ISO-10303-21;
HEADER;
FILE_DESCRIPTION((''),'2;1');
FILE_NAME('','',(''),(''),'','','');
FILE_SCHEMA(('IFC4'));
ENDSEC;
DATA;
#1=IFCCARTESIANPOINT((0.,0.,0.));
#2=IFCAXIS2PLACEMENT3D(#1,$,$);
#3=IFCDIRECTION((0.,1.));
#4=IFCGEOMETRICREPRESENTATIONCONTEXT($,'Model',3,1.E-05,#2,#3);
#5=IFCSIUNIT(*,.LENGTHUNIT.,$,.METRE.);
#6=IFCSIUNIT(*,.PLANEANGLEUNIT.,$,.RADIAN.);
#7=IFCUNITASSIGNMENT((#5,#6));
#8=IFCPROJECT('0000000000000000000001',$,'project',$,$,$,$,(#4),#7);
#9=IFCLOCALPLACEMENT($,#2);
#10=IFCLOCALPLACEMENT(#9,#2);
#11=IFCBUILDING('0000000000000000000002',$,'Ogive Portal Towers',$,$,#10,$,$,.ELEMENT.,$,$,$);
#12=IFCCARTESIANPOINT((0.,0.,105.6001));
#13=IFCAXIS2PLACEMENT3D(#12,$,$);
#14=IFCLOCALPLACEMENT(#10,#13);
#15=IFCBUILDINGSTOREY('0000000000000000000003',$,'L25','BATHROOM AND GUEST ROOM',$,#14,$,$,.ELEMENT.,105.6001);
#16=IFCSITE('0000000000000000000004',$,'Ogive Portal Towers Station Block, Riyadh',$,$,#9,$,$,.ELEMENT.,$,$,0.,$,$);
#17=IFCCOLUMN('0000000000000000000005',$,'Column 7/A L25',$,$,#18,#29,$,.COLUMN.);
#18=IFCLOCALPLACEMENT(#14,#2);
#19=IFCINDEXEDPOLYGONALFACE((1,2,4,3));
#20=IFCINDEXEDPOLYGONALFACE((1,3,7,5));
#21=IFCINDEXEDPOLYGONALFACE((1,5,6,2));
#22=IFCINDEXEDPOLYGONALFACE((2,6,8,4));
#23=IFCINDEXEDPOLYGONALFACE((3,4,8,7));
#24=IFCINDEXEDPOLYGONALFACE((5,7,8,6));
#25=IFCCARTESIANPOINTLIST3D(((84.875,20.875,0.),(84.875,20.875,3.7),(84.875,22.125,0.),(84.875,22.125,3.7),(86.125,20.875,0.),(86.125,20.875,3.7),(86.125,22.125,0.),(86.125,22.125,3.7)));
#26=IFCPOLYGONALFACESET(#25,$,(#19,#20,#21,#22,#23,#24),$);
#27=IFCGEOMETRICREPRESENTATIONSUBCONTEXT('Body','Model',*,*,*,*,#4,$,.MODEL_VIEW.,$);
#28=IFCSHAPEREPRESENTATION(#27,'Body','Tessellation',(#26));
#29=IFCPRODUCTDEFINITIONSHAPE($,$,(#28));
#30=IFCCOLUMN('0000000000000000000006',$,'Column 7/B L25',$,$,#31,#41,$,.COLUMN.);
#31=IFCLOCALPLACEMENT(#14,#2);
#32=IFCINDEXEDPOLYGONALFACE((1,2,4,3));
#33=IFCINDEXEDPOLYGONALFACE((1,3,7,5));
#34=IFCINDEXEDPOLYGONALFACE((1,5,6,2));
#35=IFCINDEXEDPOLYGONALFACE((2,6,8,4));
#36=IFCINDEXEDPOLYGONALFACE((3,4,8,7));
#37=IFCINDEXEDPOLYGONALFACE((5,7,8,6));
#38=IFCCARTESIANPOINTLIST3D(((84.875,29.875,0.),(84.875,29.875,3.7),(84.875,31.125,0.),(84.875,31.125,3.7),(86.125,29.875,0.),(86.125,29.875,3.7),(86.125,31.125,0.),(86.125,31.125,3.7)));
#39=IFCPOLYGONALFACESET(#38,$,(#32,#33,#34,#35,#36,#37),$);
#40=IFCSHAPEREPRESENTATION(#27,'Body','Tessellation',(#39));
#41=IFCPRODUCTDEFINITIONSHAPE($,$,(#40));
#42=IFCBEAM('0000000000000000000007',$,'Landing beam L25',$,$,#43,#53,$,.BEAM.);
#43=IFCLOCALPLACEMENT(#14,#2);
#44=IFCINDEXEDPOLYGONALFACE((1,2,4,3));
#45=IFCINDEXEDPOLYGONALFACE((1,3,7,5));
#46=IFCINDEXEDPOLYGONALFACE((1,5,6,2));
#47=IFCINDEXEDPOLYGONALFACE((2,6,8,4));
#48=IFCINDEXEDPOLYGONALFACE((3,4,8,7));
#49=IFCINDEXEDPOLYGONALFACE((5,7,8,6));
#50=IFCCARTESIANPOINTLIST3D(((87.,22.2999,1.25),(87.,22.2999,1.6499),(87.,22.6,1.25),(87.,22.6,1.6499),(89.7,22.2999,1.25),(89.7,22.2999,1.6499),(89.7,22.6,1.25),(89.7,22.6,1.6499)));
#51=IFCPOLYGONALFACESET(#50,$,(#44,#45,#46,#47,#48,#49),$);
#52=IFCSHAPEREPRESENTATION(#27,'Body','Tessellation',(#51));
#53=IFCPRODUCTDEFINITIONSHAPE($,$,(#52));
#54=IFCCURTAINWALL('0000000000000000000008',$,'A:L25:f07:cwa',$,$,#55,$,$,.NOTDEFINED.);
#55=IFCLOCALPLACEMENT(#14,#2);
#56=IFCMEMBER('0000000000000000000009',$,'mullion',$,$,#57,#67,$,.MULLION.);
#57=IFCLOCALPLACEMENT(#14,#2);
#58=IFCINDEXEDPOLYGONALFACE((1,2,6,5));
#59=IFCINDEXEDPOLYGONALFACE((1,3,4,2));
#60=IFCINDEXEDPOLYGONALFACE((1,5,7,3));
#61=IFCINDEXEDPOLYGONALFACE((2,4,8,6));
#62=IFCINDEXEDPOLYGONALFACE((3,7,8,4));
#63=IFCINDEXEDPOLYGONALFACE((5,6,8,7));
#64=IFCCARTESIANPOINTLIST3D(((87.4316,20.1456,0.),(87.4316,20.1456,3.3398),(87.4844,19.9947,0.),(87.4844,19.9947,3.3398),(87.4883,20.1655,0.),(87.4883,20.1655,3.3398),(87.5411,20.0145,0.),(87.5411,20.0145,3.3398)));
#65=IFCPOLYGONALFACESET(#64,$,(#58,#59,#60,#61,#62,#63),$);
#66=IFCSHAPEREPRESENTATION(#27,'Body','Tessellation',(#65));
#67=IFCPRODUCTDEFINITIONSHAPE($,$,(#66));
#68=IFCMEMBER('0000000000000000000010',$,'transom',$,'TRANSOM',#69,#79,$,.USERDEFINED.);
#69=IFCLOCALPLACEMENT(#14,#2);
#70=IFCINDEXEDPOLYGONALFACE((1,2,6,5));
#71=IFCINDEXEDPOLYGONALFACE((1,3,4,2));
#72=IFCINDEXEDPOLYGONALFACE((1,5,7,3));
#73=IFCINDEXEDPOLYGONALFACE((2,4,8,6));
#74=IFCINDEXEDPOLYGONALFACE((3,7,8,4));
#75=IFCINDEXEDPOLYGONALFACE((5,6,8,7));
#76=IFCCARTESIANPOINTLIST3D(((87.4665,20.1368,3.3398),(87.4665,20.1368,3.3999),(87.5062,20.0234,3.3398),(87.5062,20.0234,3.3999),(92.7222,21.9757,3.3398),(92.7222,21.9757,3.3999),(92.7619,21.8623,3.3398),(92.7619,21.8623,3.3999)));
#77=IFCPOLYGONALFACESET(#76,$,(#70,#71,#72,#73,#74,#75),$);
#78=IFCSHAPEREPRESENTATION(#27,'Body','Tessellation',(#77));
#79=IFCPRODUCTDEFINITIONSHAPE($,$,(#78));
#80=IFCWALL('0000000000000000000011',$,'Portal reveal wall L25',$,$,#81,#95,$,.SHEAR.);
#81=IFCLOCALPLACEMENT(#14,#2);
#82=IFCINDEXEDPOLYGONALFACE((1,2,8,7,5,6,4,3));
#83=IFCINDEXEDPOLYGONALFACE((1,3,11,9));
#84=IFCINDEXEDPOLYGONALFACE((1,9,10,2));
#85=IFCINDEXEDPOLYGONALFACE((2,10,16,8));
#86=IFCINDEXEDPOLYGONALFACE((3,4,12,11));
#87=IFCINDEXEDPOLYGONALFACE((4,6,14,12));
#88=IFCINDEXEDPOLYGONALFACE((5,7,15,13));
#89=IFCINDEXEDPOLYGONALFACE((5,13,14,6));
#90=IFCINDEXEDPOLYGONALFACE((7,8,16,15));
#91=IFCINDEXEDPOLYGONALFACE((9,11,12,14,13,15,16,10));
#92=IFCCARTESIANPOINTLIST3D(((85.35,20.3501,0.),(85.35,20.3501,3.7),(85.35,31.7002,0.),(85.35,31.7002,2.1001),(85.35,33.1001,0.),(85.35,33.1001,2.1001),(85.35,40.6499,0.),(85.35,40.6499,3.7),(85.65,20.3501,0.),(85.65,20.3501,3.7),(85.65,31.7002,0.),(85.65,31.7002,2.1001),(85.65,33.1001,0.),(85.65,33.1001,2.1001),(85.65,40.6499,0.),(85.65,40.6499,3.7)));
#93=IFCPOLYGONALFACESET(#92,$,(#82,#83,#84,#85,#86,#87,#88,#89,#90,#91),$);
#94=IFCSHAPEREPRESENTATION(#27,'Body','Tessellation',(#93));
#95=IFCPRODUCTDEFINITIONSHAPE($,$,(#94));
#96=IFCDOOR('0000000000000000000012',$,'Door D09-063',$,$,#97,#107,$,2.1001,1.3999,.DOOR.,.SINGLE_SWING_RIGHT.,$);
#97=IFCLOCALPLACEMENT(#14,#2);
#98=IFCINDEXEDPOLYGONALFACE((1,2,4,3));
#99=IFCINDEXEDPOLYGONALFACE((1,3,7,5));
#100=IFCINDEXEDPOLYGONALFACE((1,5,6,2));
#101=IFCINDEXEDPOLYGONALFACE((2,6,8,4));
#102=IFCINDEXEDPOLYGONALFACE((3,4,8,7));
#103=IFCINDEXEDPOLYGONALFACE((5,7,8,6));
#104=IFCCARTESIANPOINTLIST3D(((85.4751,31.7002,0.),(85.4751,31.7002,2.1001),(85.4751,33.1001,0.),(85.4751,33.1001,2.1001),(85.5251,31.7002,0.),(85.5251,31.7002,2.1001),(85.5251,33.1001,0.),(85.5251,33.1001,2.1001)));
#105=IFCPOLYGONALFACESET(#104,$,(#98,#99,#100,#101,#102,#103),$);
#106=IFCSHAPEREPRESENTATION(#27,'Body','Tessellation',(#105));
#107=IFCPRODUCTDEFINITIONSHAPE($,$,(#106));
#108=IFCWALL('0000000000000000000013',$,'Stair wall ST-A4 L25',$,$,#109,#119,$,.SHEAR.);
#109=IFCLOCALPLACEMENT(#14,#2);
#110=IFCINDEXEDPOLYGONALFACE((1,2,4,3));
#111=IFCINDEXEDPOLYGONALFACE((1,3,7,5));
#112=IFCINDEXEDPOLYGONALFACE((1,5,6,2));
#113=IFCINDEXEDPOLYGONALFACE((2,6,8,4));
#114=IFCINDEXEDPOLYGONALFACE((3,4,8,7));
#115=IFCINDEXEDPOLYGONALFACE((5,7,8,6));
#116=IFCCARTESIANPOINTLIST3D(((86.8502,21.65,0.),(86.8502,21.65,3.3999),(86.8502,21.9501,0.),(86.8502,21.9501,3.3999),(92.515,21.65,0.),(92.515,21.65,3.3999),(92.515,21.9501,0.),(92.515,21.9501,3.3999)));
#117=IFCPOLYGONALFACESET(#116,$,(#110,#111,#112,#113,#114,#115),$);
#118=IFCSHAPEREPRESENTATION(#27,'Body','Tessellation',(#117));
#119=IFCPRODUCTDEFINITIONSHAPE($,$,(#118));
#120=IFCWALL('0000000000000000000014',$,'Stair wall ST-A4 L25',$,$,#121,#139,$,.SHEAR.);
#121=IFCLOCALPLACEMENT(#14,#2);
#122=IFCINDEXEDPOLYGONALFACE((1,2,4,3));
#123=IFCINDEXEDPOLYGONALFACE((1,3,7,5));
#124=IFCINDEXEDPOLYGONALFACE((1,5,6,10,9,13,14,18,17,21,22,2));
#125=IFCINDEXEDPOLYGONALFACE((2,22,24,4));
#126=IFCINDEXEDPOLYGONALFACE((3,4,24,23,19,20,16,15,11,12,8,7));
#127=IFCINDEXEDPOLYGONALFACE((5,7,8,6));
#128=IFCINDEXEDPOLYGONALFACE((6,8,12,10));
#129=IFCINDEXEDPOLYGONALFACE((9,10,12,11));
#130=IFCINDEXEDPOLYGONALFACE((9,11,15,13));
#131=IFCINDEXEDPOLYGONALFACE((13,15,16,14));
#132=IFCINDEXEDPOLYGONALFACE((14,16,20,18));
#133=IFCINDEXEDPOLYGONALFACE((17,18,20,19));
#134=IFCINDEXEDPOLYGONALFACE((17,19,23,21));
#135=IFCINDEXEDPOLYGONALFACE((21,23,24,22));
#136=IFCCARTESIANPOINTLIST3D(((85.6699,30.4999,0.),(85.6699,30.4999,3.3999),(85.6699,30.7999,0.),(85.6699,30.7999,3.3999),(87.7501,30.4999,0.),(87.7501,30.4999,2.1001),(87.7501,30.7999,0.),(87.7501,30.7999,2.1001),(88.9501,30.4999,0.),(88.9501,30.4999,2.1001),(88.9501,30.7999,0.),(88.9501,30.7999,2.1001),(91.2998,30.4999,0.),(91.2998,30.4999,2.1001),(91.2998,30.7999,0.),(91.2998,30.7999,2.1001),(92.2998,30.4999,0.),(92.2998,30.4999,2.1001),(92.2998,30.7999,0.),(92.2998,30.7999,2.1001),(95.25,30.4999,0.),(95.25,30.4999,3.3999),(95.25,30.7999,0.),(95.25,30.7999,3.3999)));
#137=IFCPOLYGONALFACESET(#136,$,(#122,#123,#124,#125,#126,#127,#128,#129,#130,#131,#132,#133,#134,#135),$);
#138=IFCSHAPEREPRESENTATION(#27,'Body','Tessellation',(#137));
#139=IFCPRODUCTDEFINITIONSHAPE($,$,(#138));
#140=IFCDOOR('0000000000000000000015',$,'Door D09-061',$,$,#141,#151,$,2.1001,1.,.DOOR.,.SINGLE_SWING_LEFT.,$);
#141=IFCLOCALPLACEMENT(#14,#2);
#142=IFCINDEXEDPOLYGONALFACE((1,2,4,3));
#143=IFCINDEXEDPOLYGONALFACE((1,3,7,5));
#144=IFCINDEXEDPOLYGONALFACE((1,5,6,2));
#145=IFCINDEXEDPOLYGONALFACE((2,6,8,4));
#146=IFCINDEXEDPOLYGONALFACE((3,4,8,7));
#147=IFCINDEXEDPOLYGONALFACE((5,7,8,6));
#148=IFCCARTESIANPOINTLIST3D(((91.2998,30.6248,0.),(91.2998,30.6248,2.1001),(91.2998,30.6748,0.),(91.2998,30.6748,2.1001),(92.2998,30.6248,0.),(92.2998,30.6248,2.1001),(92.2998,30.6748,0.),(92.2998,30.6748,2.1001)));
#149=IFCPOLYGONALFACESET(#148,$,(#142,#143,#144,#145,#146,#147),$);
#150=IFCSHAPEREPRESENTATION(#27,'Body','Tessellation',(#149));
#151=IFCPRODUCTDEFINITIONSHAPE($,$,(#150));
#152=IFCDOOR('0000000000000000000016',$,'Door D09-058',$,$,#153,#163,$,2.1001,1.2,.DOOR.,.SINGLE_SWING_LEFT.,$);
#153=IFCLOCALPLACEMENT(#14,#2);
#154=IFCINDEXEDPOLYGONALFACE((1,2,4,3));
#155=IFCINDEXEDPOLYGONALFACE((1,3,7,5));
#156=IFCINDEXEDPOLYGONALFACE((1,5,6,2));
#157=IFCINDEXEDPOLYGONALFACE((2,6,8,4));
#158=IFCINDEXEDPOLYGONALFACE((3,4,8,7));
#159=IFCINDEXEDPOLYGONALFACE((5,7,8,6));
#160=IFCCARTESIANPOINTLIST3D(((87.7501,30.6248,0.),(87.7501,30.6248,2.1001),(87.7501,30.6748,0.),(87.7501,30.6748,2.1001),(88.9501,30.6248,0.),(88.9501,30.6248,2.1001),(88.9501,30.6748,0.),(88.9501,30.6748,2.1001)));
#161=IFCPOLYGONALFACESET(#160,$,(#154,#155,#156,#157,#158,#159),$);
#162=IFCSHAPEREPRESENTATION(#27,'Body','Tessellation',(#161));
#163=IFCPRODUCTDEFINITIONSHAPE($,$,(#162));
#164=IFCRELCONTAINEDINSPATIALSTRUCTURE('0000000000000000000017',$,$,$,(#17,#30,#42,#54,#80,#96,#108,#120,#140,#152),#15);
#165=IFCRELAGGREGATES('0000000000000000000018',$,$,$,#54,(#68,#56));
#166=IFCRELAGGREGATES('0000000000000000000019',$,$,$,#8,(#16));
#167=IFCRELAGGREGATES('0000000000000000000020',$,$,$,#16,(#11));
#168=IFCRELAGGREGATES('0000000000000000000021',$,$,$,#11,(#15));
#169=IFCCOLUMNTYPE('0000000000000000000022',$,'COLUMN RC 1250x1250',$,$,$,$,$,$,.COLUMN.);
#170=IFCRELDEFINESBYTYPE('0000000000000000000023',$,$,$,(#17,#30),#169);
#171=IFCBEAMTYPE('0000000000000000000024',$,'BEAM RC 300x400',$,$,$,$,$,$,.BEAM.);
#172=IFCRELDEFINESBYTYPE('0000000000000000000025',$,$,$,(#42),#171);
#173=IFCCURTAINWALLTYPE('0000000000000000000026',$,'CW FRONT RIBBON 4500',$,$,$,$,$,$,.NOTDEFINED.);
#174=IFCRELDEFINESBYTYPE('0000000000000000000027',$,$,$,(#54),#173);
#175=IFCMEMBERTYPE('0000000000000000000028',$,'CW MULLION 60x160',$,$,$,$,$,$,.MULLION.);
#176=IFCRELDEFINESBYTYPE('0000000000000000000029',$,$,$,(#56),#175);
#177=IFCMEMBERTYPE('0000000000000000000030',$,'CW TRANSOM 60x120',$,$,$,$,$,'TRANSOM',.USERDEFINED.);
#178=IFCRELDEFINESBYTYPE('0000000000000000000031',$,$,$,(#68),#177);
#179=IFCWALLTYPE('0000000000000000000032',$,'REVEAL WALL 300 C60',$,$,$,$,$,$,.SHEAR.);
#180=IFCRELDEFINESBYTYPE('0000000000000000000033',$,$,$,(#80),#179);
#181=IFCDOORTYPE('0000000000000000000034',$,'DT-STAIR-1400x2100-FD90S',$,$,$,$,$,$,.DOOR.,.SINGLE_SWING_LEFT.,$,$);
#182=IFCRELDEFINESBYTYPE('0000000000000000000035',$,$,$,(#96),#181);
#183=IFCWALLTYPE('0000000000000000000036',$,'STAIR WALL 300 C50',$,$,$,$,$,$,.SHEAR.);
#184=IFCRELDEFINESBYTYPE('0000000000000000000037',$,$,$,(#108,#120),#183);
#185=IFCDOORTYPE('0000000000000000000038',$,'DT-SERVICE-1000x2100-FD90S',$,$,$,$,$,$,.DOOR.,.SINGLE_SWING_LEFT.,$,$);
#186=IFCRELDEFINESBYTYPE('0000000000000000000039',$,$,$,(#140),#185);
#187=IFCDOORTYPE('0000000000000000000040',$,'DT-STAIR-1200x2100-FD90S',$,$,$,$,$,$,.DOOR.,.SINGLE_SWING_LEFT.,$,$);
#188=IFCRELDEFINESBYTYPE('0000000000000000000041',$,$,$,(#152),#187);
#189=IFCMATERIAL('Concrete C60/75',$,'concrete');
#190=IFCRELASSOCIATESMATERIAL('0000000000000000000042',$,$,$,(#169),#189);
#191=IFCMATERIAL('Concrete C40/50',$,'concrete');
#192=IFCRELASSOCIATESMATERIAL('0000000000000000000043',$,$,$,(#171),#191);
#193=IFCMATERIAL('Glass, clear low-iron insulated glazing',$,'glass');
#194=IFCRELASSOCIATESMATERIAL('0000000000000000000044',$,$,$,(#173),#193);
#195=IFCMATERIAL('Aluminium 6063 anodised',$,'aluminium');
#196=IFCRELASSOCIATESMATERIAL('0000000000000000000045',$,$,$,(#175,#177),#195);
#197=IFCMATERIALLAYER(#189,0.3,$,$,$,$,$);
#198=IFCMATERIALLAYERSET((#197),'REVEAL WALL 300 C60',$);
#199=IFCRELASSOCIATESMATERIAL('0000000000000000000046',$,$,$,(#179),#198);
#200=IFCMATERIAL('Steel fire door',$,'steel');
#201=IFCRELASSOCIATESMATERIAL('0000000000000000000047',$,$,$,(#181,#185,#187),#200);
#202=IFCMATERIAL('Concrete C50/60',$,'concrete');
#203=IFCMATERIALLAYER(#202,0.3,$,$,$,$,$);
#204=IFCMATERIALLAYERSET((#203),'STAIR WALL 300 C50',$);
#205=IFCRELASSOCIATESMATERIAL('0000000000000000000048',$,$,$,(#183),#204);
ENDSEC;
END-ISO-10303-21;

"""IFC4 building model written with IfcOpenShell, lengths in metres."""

from ifc_helpers import new_model, si_unit, direction, frame, frame_2d, origin, origin_2d, place, context, subcontext, project, spatial, rectangle, extrude, material, layer, layer_set, material_profile, profile_set, type_object, element, fill, aggregate, save


model = new_model("IFC4")

# Units and contexts
model_context = context("Model", 3, precision=1e-05, world=origin(), true_north=direction((0.0, 1.0)))
body_context = subcontext(model_context, "Body", "Model", "MODEL_VIEW")
ifc_project = project(units=[si_unit("LENGTHUNIT", "METRE"), si_unit("PLANEANGLEUNIT", "RADIAN")], contexts=[model_context])

# Site, building, storey
site_placement = place(None, origin())
site = spatial("IfcSite", under=ifc_project, at=site_placement, Name="Ogive Portal Towers Station Block, Riyadh", CompositionType="ELEMENT", RefElevation=0.0)
building_placement = place(site_placement, origin())
building = spatial("IfcBuilding", under=site, at=building_placement, Name="Ogive Portal Towers", CompositionType="ELEMENT")
storey_placement = place(building_placement, frame((0.0, 0.0, 105.6001)))
storey = spatial("IfcBuildingStorey", under=building, at=storey_placement, Name="L25", Description="BATHROOM AND GUEST ROOM", CompositionType="ELEMENT", Elevation=105.6001)

# Columns
ifc_material_1 = material(Name="Concrete C60/75", Category="concrete")
ifc_material_profile_1 = material_profile(ifc_material_1, rectangle(XDim=1.25, YDim=1.25, at=origin_2d()), Name="RC 1250x1250")
ifc_profile_set_1 = profile_set([ifc_material_profile_1], Name="Concrete C60/75")
column_type = type_object("IfcColumnType", Name="COLUMN RC 1250x1250", PredefinedType="COLUMN", material=ifc_profile_set_1)
for number, where, z_axis, x_axis, name in (
    (1, (85.5, 21.5, 0.0), (0.0, 0.0, 1.0), (1.0, 0.0, 0.0), "Column 7/A L25"),
    (2, (85.5, 30.5, 0.0), (0.0, 0.0, 1.0), (1.0, 0.0, 0.0), "Column 7/B L25"),
):
    element("IfcColumn", number, at=place(storey_placement, frame(where, z_axis=z_axis, x_axis=x_axis)), inside=storey, type_object=column_type, Name=name, PredefinedType="COLUMN", context=body_context, shape_type="SweptSolid", body=[
        extrude(rectangle(XDim=1.25, YDim=1.25, at=origin_2d()), origin(), (0.0, 0.0, 1.0), 3.7),
    ])

# Beam
ifc_material_2 = material(Name="Concrete C40/50", Category="concrete")
ifc_material_profile_2 = material_profile(ifc_material_2, rectangle(XDim=0.3, YDim=0.3999, at=origin_2d()), Name="RC 300x400")
ifc_profile_set_2 = profile_set([ifc_material_profile_2], Name="Concrete C40/50")
beam_type = type_object("IfcBeamType", Name="BEAM RC 300x400", PredefinedType="BEAM", material=ifc_profile_set_2)
beam_placement = place(storey_placement, frame((87.0, 22.45, 1.45), z_axis=(1.0, 0.0, 0.0), x_axis=(0.0, 1.0, 0.0)))
element("IfcBeam", 3, at=beam_placement, inside=storey, type_object=beam_type, Name="Landing beam L25", PredefinedType="BEAM", context=body_context, shape_type="SweptSolid", body=[
    extrude(rectangle(XDim=0.3, YDim=0.3999, at=origin_2d()), origin(), (0.0, 0.0, 1.0), 2.7),
])

# Curtain wall, members
ifc_material_3 = material(Name="Glass, clear low-iron insulated glazing", Category="glass")
curtain_wall_type = type_object("IfcCurtainWallType", Name="CW FRONT RIBBON 4500", PredefinedType="NOTDEFINED", material=ifc_material_3)
curtain_wall_placement = place(storey_placement, origin())
curtain_wall = element("IfcCurtainWall", 4, at=curtain_wall_placement, inside=storey, type_object=curtain_wall_type, Name="A:L25:f07:cwa", PredefinedType="NOTDEFINED")
ifc_material_4 = material(Name="Aluminium 6063 anodised", Category="aluminium")
ifc_material_profile_3 = material_profile(ifc_material_4, rectangle(XDim=0.1599, YDim=0.0601, at=origin_2d()), Name="AL 60x160")
ifc_profile_set_3 = profile_set([ifc_material_profile_3], Name="Aluminium 6063 anodised")
member_type_1 = type_object("IfcMemberType", Name="CW MULLION 60x160", PredefinedType="MULLION", material=ifc_profile_set_3)
member_1_placement = place(storey_placement, frame((87.4863, 20.0801, 0.0), z_axis=(0.0, 0.0, 1.0), x_axis=(-0.330279, 0.943883, 0.0)))
member_1 = element("IfcMember", 5, at=member_1_placement, type_object=member_type_1, Name="mullion", PredefinedType="MULLION", context=body_context, shape_type="SweptSolid", body=[
    extrude(rectangle(XDim=0.1599, YDim=0.0601, at=origin_2d()), origin(), (0.0, 0.0, 1.0), 3.3398),
])
ifc_material_profile_4 = material_profile(ifc_material_4, rectangle(XDim=0.1201, YDim=0.0601, at=origin_2d()), Name="AL 120x60")
ifc_profile_set_4 = profile_set([ifc_material_profile_4], Name="Aluminium 6063 anodised")
member_type_2 = type_object("IfcMemberType", Name="CW TRANSOM 60x120", ElementType="TRANSOM", PredefinedType="USERDEFINED", material=ifc_profile_set_4)
member_2_placement = place(storey_placement, frame((87.4863, 20.0801, 3.3699), z_axis=(0.943892, 0.330255, 0.0), x_axis=(-0.330255, 0.943892, 0.0)))
member_2 = element("IfcMember", 6, at=member_2_placement, type_object=member_type_2, Name="transom", ObjectType="TRANSOM", PredefinedType="USERDEFINED", context=body_context, shape_type="SweptSolid", body=[
    extrude(rectangle(XDim=0.1201, YDim=0.0601, at=origin_2d()), origin(), (0.0, 0.0, 1.0), 5.5681),
])
aggregate(curtain_wall, [member_2, member_1])

# Wall, opening, door
ifc_layer_1 = layer(ifc_material_1, 0.3)
ifc_layer_set_1 = layer_set([ifc_layer_1], Name="REVEAL WALL 300 C60")
wall_type_1 = type_object("IfcWallType", Name="REVEAL WALL 300 C60", PredefinedType="SHEAR", material=ifc_layer_set_1)
wall_1_placement = place(storey_placement, frame((85.5, 20.3501, 0.0), z_axis=(0.0, 0.0, 1.0), x_axis=(0.0, 1.0, 0.0)))
wall_1 = element("IfcWall", 7, at=wall_1_placement, inside=storey, type_object=wall_type_1, Name="Portal reveal wall L25", PredefinedType="SHEAR", context=body_context, shape_type="SweptSolid", body=[
    extrude(rectangle(XDim=20.2998, YDim=0.3, at=frame_2d((10.1499, 0.0))), origin(), (0.0, 0.0, 1.0), 3.7),
])
opening_1_placement = place(wall_1_placement, frame((11.3501, 0.0, 0.0)))
opening_1 = element("IfcOpeningElement", 8, at=opening_1_placement, cuts=wall_1, PredefinedType="OPENING", context=body_context, shape_type="SweptSolid", body=[
    extrude(rectangle(XDim=1.3999, YDim=2.1001, at=frame_2d((0.7, 1.05))), frame((0.0, 0.1602, 0.0), z_axis=(0.0, -1.0, 0.0), x_axis=(1.0, 0.0, 0.0)), (0.0, 0.0, 1.0), 0.3201),
])
ifc_material_5 = material(Name="Steel fire door", Category="steel")
door_type_1 = type_object("IfcDoorType", Name="DT-STAIR-1400x2100-FD90S", OperationType="SINGLE_SWING_LEFT", PredefinedType="DOOR", material=ifc_material_5)
door_1_placement = place(opening_1_placement, origin())
door_1 = element("IfcDoor", 9, at=door_1_placement, inside=storey, type_object=door_type_1, Name="Door D09-063", OperationType="SINGLE_SWING_RIGHT", OverallHeight=2.1001, OverallWidth=1.3999, PredefinedType="DOOR", context=body_context, shape_type="SweptSolid", body=[
    extrude(rectangle(XDim=1.3999, YDim=2.1001, at=frame_2d((0.7, 1.05))), frame((0.0, 0.0249, 0.0), z_axis=(0.0, -1.0, 0.0), x_axis=(1.0, 0.0, 0.0)), (0.0, 0.0, 1.0), 0.05),
])
fill(opening_1, door_1)

# Wall
ifc_material_6 = material(Name="Concrete C50/60", Category="concrete")
ifc_layer_2 = layer(ifc_material_6, 0.3)
ifc_layer_set_2 = layer_set([ifc_layer_2], Name="STAIR WALL 300 C50")
wall_type_2 = type_object("IfcWallType", Name="STAIR WALL 300 C50", PredefinedType="SHEAR", material=ifc_layer_set_2)
wall_2_placement = place(storey_placement, frame((86.8501, 21.8, 0.0), z_axis=(0.0, 0.0, 1.0), x_axis=(1.0, 0.0, 0.0)))
element("IfcWall", 10, at=wall_2_placement, inside=storey, type_object=wall_type_2, Name="Stair wall ST-A4 L25", PredefinedType="SHEAR", context=body_context, shape_type="SweptSolid", body=[
    extrude(rectangle(XDim=5.6648, YDim=0.3, at=frame_2d((2.8325, 0.0))), origin(), (0.0, 0.0, 1.0), 3.3999),
])

# Wall, openings, doors
wall_3_placement = place(storey_placement, frame((85.6699, 30.6499, 0.0), z_axis=(0.0, 0.0, 1.0), x_axis=(1.0, 0.0, 0.0)))
wall_3 = element("IfcWall", 11, at=wall_3_placement, inside=storey, type_object=wall_type_2, Name="Stair wall ST-A4 L25", PredefinedType="SHEAR", context=body_context, shape_type="SweptSolid", body=[
    extrude(rectangle(XDim=9.5801, YDim=0.3, at=frame_2d((4.79, 0.0))), origin(), (0.0, 0.0, 1.0), 3.3999),
])
opening_2_placement = place(wall_3_placement, frame((2.0801, 0.0, 0.0)))
opening_2 = element("IfcOpeningElement", 12, at=opening_2_placement, cuts=wall_3, PredefinedType="OPENING", context=body_context, shape_type="SweptSolid", body=[
    extrude(rectangle(XDim=1.2, YDim=2.1001, at=frame_2d((0.6001, 1.05))), frame((0.0, 0.1602, 0.0), z_axis=(0.0, -1.0, 0.0), x_axis=(1.0, 0.0, 0.0)), (0.0, 0.0, 1.0), 0.3201),
])
opening_3_placement = place(wall_3_placement, frame((5.6299, 0.0, 0.0)))
opening_3 = element("IfcOpeningElement", 13, at=opening_3_placement, cuts=wall_3, PredefinedType="OPENING", context=body_context, shape_type="SweptSolid", body=[
    extrude(rectangle(XDim=1.0, YDim=2.1001, at=frame_2d((0.5, 1.05))), frame((0.0, 0.1602, 0.0), z_axis=(0.0, -1.0, 0.0), x_axis=(1.0, 0.0, 0.0)), (0.0, 0.0, 1.0), 0.3201),
])
door_type_2 = type_object("IfcDoorType", Name="DT-SERVICE-1000x2100-FD90S", OperationType="SINGLE_SWING_LEFT", PredefinedType="DOOR", material=ifc_material_5)
door_2_placement = place(opening_3_placement, origin())
door_2 = element("IfcDoor", 14, at=door_2_placement, inside=storey, type_object=door_type_2, Name="Door D09-061", OperationType="SINGLE_SWING_LEFT", OverallHeight=2.1001, OverallWidth=1.0, PredefinedType="DOOR", context=body_context, shape_type="SweptSolid", body=[
    extrude(rectangle(XDim=1.0, YDim=2.1001, at=frame_2d((0.5, 1.05))), frame((0.0, 0.0249, 0.0), z_axis=(0.0, -1.0, 0.0), x_axis=(1.0, 0.0, 0.0)), (0.0, 0.0, 1.0), 0.05),
])
fill(opening_3, door_2)
door_type_3 = type_object("IfcDoorType", Name="DT-STAIR-1200x2100-FD90S", OperationType="SINGLE_SWING_LEFT", PredefinedType="DOOR", material=ifc_material_5)
door_3_placement = place(opening_2_placement, origin())
door_3 = element("IfcDoor", 15, at=door_3_placement, inside=storey, type_object=door_type_3, Name="Door D09-058", OperationType="SINGLE_SWING_LEFT", OverallHeight=2.1001, OverallWidth=1.2, PredefinedType="DOOR", context=body_context, shape_type="SweptSolid", body=[
    extrude(rectangle(XDim=1.2, YDim=2.1001, at=frame_2d((0.6001, 1.05))), frame((0.0, 0.0249, 0.0), z_axis=(0.0, -1.0, 0.0), x_axis=(1.0, 0.0, 0.0)), (0.0, 0.0, 1.0), 0.05),
])
fill(opening_2, door_3)

save(model, "model.ifc")
